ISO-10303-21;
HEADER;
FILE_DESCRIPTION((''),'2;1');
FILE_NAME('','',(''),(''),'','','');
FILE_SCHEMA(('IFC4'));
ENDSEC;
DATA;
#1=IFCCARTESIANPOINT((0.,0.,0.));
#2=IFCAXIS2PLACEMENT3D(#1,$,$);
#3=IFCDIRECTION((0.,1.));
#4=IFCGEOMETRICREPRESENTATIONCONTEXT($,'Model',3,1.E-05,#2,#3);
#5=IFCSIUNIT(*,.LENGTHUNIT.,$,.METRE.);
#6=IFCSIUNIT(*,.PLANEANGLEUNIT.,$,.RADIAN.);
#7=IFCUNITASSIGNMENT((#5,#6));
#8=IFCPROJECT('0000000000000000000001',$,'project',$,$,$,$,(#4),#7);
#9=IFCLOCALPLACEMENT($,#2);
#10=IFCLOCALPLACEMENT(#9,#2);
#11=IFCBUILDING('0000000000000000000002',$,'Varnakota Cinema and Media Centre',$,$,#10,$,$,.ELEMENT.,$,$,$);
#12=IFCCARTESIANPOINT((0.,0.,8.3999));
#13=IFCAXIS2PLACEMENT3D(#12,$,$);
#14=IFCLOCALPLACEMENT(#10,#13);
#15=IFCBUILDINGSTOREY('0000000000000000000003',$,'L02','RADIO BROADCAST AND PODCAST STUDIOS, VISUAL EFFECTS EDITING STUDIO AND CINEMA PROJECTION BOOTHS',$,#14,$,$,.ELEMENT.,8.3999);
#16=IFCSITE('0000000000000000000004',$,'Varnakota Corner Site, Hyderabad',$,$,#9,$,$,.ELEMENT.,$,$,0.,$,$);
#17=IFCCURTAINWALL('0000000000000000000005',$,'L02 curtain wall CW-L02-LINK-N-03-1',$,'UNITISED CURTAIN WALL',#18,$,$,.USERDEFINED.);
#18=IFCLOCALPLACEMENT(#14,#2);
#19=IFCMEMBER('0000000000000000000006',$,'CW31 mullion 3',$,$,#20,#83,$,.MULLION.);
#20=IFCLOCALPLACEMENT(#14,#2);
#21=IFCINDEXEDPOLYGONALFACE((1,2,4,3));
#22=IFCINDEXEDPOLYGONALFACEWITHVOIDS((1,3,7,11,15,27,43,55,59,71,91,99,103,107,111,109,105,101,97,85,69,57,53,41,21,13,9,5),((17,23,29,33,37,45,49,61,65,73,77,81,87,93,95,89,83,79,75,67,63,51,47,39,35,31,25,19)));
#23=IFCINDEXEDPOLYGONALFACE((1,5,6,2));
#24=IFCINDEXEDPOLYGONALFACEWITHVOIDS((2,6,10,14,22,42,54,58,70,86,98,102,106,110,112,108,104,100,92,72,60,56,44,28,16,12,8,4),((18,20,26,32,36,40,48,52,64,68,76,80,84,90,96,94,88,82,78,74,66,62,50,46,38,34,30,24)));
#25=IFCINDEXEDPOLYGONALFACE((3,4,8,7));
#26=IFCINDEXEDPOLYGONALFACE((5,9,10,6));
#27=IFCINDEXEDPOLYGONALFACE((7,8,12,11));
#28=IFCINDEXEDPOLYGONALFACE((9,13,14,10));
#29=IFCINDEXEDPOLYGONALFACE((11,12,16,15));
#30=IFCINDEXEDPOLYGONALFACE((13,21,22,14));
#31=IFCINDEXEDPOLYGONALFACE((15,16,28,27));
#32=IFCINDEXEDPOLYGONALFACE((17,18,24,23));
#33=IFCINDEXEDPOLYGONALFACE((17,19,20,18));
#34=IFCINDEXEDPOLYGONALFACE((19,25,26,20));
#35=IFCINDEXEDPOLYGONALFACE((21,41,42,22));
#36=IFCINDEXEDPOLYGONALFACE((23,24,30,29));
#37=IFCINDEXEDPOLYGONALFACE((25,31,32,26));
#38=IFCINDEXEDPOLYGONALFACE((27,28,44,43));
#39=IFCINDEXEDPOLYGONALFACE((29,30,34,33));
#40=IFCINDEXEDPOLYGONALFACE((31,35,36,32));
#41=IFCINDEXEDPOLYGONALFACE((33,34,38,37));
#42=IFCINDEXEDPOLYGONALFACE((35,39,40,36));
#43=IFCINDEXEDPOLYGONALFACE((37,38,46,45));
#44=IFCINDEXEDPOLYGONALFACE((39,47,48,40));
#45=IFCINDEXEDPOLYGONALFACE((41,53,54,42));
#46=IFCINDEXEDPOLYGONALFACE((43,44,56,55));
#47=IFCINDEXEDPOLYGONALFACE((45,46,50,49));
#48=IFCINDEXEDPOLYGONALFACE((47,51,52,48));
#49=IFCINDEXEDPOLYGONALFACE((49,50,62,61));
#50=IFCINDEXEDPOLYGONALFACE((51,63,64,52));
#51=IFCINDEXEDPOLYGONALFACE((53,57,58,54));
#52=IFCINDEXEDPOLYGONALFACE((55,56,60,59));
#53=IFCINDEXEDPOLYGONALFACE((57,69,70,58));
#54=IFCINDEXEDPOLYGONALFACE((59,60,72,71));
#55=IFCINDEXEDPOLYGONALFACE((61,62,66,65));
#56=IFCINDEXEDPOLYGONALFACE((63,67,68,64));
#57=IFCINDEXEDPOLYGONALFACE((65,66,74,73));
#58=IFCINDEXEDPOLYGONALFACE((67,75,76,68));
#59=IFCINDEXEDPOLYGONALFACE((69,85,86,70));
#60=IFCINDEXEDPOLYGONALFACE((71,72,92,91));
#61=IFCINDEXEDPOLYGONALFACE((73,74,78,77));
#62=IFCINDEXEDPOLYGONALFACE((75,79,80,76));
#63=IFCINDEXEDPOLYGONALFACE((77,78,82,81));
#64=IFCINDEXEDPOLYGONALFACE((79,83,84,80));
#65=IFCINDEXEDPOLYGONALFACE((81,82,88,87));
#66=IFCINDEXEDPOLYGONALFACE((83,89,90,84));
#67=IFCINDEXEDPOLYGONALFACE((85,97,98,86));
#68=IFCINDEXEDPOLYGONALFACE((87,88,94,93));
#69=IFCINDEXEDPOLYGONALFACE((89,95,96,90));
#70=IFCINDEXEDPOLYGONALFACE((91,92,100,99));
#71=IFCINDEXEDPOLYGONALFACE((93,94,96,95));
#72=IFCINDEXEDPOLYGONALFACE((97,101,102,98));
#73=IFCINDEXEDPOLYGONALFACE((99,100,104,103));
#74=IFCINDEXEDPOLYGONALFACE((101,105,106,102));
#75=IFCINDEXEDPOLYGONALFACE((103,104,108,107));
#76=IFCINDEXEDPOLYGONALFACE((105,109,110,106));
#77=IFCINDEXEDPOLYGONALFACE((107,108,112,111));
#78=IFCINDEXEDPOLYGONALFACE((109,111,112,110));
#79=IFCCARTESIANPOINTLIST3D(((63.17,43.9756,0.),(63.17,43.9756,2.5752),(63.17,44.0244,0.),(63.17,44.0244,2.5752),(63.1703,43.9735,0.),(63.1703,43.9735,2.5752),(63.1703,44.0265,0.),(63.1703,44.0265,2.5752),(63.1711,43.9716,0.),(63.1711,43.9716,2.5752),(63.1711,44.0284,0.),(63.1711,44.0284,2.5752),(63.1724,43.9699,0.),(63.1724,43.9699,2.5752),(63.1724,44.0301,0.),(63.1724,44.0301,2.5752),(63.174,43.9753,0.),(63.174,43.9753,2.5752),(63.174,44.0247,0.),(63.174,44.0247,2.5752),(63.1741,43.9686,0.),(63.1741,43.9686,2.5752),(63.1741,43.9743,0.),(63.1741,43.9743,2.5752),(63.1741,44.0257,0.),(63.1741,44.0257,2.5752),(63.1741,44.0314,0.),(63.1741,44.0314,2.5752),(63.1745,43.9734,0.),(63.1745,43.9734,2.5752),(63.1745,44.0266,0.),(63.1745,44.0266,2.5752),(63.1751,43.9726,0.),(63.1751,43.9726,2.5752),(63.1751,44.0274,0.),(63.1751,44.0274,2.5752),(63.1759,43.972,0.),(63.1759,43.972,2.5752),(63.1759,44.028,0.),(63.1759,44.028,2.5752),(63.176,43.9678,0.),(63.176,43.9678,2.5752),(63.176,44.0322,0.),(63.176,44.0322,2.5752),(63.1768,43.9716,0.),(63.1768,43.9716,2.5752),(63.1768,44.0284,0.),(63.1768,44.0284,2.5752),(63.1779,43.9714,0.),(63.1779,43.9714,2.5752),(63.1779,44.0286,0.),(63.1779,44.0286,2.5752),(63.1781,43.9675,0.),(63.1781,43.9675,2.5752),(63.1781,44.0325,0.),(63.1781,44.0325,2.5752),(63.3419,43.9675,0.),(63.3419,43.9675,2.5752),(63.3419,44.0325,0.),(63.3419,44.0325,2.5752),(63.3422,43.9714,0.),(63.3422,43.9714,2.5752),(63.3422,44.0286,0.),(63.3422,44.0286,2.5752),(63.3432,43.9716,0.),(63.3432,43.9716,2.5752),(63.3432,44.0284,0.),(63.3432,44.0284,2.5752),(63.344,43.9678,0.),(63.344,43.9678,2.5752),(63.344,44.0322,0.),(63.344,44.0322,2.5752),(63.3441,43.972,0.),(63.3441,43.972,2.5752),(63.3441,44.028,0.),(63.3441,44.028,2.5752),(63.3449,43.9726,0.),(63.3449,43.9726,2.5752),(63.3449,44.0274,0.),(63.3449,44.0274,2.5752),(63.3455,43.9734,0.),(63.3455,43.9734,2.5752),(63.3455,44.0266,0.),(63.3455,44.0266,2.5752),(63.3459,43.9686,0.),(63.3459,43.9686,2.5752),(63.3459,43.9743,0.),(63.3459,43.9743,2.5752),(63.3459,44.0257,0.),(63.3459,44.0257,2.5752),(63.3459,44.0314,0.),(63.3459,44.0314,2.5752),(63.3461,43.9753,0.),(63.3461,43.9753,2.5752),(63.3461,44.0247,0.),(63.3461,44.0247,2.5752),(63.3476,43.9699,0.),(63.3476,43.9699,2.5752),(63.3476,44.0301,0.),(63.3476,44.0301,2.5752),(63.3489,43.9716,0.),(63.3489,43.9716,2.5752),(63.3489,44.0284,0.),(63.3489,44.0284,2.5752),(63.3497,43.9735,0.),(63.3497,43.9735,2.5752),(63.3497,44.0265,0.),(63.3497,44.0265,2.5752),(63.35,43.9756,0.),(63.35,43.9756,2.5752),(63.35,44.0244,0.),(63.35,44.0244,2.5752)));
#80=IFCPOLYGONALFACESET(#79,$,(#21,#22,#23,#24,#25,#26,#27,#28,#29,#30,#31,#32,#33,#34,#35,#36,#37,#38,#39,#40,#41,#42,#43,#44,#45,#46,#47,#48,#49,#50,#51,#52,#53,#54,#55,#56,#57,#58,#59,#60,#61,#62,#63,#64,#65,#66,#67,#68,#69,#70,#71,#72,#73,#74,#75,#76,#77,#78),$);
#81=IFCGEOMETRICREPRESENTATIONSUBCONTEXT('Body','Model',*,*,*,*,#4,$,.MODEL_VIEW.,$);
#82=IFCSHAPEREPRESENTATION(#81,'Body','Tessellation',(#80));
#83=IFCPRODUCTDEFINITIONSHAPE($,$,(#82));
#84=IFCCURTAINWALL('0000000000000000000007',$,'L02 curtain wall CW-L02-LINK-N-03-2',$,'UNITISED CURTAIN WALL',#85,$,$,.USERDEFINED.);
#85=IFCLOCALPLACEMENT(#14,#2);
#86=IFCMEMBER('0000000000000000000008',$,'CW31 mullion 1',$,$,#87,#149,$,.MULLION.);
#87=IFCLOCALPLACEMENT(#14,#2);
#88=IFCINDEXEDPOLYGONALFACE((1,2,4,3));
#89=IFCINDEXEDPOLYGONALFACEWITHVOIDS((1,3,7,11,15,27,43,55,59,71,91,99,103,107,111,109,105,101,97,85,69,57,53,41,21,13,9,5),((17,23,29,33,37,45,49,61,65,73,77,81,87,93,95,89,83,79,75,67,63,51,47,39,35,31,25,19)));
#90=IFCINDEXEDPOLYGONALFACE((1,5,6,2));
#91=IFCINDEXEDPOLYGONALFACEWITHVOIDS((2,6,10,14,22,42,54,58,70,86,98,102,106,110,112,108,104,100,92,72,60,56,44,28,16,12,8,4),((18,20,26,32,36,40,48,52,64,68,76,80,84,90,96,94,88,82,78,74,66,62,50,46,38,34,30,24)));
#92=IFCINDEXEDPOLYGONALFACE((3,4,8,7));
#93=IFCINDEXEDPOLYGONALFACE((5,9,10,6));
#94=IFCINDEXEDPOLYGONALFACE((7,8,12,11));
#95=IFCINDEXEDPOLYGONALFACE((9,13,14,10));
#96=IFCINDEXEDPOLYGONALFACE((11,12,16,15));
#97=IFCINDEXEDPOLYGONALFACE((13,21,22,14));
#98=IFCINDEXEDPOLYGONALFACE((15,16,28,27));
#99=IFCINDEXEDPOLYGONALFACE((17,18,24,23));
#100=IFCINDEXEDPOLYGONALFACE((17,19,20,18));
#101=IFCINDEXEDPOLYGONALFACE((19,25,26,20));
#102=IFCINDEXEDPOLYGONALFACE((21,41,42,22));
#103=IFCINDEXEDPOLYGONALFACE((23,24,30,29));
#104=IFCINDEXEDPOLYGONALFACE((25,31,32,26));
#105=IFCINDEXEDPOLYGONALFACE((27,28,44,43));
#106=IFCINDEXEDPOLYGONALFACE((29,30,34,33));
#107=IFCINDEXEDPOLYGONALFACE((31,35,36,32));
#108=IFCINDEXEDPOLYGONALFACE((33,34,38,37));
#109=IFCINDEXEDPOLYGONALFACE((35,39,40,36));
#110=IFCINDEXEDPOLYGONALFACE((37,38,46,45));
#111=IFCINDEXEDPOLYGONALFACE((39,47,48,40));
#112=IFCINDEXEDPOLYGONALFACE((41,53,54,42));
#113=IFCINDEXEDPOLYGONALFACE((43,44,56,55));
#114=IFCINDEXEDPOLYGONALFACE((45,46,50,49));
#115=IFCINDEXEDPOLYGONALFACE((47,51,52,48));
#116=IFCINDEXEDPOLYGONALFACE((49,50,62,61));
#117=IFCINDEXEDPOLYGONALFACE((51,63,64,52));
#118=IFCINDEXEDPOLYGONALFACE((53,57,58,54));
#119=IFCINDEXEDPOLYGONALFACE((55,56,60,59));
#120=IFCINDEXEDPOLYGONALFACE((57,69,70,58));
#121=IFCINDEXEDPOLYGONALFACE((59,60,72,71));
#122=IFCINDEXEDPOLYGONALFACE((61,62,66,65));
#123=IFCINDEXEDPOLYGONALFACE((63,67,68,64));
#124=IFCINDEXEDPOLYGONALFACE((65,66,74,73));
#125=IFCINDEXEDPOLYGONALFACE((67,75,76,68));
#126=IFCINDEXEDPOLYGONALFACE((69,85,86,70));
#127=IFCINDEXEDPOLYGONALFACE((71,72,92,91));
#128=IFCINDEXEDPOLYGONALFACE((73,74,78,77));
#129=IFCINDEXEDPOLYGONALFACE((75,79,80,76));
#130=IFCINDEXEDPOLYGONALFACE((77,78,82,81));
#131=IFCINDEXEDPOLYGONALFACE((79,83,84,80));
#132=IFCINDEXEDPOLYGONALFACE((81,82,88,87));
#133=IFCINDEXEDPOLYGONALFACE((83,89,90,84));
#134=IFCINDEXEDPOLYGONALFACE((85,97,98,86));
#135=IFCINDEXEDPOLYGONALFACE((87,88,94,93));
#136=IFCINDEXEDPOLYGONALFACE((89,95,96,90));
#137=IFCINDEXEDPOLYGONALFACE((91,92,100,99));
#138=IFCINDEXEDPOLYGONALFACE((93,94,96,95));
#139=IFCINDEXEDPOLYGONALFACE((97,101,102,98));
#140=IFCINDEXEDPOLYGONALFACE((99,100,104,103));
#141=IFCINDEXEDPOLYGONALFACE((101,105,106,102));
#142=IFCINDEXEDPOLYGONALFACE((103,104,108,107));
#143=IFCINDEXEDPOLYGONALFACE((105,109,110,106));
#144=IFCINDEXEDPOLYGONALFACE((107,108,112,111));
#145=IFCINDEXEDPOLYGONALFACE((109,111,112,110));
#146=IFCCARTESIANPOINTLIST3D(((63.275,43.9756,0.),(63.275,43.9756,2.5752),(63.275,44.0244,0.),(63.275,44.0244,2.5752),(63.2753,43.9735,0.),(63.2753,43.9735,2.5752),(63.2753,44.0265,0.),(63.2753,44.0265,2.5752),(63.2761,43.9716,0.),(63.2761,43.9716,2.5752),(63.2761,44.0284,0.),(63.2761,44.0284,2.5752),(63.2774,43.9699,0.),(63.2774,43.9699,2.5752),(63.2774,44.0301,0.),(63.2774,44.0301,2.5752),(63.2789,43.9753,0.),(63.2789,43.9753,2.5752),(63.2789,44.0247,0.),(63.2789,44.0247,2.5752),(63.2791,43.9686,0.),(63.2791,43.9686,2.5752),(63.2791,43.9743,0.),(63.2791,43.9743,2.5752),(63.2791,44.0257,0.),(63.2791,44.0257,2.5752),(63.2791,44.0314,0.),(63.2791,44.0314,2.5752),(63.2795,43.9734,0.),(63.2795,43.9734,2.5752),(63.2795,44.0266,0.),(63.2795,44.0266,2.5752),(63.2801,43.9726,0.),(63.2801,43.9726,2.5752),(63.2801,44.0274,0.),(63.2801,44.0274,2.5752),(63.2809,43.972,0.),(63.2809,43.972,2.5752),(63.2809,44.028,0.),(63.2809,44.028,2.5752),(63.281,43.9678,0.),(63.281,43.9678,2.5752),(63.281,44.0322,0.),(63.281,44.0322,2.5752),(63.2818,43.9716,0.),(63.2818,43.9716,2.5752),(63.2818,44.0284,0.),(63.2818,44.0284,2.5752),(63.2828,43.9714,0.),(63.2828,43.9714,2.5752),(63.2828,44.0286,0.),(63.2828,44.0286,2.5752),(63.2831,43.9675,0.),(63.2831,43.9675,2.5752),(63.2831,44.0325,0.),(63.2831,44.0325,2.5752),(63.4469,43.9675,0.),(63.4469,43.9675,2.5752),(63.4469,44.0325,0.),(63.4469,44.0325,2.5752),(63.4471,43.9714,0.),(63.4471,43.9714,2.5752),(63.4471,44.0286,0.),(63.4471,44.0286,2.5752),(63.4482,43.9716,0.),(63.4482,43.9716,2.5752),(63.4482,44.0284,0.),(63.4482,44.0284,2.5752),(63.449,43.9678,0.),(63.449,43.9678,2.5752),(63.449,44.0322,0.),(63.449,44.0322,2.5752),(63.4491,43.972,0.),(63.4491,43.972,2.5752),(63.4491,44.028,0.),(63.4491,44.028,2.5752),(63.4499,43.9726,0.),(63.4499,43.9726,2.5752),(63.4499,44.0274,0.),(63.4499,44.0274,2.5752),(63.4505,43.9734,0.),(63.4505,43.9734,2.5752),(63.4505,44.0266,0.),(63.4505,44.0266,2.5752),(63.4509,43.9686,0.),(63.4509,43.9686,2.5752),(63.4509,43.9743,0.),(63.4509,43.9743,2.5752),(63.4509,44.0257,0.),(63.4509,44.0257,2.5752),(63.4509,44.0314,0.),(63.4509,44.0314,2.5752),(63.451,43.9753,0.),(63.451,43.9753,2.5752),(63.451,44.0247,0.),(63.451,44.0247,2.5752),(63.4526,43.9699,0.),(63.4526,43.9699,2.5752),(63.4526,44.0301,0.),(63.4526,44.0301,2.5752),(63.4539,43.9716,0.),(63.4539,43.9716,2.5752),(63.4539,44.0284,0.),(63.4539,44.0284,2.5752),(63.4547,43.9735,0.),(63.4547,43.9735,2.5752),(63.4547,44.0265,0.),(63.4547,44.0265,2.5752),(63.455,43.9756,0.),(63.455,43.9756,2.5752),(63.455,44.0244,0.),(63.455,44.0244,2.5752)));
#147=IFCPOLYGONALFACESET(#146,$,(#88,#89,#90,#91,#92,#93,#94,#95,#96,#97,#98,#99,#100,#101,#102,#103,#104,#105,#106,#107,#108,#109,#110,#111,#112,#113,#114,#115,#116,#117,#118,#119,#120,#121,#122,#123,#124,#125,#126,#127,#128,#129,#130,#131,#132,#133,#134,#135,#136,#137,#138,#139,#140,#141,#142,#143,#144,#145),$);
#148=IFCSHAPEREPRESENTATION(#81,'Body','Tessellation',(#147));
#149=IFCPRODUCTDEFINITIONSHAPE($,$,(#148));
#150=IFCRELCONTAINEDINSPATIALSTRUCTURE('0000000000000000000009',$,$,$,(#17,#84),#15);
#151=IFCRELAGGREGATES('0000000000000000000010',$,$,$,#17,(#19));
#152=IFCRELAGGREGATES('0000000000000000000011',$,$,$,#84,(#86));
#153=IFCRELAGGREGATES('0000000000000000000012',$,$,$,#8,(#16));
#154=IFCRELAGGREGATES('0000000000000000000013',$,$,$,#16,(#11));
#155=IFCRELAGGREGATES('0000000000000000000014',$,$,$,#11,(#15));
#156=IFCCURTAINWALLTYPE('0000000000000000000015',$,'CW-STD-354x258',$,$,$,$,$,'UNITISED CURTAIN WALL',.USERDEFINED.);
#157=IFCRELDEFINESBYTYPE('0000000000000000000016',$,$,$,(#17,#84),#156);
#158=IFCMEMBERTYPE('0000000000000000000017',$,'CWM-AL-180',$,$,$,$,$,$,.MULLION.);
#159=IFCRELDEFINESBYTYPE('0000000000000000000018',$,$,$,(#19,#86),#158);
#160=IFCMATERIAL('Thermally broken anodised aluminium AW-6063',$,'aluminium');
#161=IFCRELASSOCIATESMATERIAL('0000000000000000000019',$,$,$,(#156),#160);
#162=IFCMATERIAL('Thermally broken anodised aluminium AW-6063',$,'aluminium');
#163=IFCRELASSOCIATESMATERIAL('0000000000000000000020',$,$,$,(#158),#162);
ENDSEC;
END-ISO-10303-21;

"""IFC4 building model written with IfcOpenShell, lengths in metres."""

from ifc_helpers import new_model, si_unit, direction, frame, origin, origin_2d, place, context, subcontext, project, spatial, hollow_rectangle, extrude, material, material_profile, profile_set, type_object, element, aggregate, save


model = new_model("IFC4")

# Units and contexts
model_context = context("Model", 3, precision=1e-05, world=origin(), true_north=direction((0.0, 1.0)))
body_context = subcontext(model_context, "Body", "Model", "MODEL_VIEW")
ifc_project = project(units=[si_unit("LENGTHUNIT", "METRE"), si_unit("PLANEANGLEUNIT", "RADIAN")], contexts=[model_context])

# Site, building, storey
site_placement = place(None, origin())
site = spatial("IfcSite", under=ifc_project, at=site_placement, Name="Varnakota Corner Site, Hyderabad", CompositionType="ELEMENT", RefElevation=0.0)
building_placement = place(site_placement, origin())
building = spatial("IfcBuilding", under=site, at=building_placement, Name="Varnakota Cinema and Media Centre", CompositionType="ELEMENT")
storey_placement = place(building_placement, frame((0.0, 0.0, 8.3999)))
storey = spatial("IfcBuildingStorey", under=building, at=storey_placement, Name="L02", Description="RADIO BROADCAST AND PODCAST STUDIOS, VISUAL EFFECTS EDITING STUDIO AND CINEMA PROJECTION BOOTHS", CompositionType="ELEMENT", Elevation=8.3999)

# Curtain wall, member
ifc_material_1 = material(Name="Thermally broken anodised aluminium AW-6063", Category="aluminium")
curtain_wall_type_1 = type_object("IfcCurtainWallType", Name="CW-STD-354x258", ElementType="UNITISED CURTAIN WALL", PredefinedType="USERDEFINED", material=ifc_material_1)
curtain_wall_1_placement = place(storey_placement, origin())
curtain_wall_1 = element("IfcCurtainWall", 1, at=curtain_wall_1_placement, inside=storey, type_object=curtain_wall_type_1, Name="L02 curtain wall CW-L02-LINK-N-03-1", ObjectType="UNITISED CURTAIN WALL", PredefinedType="USERDEFINED")
ifc_material_2 = material(Name="Thermally broken anodised aluminium AW-6063", Category="aluminium")
ifc_material_profile_1 = material_profile(ifc_material_2, hollow_rectangle(XDim=0.0649, YDim=0.1799, WallThickness=0.0039, InnerFilletRadius=0.0039, OuterFilletRadius=0.0081, at=origin_2d()), Name="AL-MULLION 180x65x4")
ifc_profile_set_1 = profile_set([ifc_material_profile_1], Name="Thermally broken anodised aluminium AW-6063")
member_type_1 = type_object("IfcMemberType", Name="CWM-AL-180", PredefinedType="MULLION", material=ifc_profile_set_1)
member_1_placement = place(storey_placement, frame((63.26, 44.0, 0.0), z_axis=(0.0, 0.0, 1.0), x_axis=(0.0, 1.0, 0.0)))
member_1 = element("IfcMember", 2, at=member_1_placement, type_object=member_type_1, Name="CW31 mullion 3", PredefinedType="MULLION", context=body_context, shape_type="SweptSolid", body=[
    extrude(hollow_rectangle(XDim=0.0649, YDim=0.1799, WallThickness=0.0039, InnerFilletRadius=0.0039, OuterFilletRadius=0.0081, at=origin_2d()), origin(), (0.0, 0.0, 1.0), 2.5752),
])

# Curtain wall, member
curtain_wall_2_placement = place(storey_placement, origin())
curtain_wall_2 = element("IfcCurtainWall", 3, at=curtain_wall_2_placement, inside=storey, type_object=curtain_wall_type_1, Name="L02 curtain wall CW-L02-LINK-N-03-2", ObjectType="UNITISED CURTAIN WALL", PredefinedType="USERDEFINED")
member_2_placement = place(storey_placement, frame((63.365, 44.0, 0.0), z_axis=(0.0, 0.0, 1.0), x_axis=(0.0, 1.0, 0.0)))
member_2 = element("IfcMember", 4, at=member_2_placement, type_object=member_type_1, Name="CW31 mullion 1", PredefinedType="MULLION", context=body_context, shape_type="SweptSolid", body=[
    extrude(hollow_rectangle(XDim=0.0649, YDim=0.1799, WallThickness=0.0039, InnerFilletRadius=0.0039, OuterFilletRadius=0.0081, at=origin_2d()), origin(), (0.0, 0.0, 1.0), 2.5752),
])

aggregate(curtain_wall_1, [member_1])
aggregate(curtain_wall_2, [member_2])

save(model, "model.ifc")
